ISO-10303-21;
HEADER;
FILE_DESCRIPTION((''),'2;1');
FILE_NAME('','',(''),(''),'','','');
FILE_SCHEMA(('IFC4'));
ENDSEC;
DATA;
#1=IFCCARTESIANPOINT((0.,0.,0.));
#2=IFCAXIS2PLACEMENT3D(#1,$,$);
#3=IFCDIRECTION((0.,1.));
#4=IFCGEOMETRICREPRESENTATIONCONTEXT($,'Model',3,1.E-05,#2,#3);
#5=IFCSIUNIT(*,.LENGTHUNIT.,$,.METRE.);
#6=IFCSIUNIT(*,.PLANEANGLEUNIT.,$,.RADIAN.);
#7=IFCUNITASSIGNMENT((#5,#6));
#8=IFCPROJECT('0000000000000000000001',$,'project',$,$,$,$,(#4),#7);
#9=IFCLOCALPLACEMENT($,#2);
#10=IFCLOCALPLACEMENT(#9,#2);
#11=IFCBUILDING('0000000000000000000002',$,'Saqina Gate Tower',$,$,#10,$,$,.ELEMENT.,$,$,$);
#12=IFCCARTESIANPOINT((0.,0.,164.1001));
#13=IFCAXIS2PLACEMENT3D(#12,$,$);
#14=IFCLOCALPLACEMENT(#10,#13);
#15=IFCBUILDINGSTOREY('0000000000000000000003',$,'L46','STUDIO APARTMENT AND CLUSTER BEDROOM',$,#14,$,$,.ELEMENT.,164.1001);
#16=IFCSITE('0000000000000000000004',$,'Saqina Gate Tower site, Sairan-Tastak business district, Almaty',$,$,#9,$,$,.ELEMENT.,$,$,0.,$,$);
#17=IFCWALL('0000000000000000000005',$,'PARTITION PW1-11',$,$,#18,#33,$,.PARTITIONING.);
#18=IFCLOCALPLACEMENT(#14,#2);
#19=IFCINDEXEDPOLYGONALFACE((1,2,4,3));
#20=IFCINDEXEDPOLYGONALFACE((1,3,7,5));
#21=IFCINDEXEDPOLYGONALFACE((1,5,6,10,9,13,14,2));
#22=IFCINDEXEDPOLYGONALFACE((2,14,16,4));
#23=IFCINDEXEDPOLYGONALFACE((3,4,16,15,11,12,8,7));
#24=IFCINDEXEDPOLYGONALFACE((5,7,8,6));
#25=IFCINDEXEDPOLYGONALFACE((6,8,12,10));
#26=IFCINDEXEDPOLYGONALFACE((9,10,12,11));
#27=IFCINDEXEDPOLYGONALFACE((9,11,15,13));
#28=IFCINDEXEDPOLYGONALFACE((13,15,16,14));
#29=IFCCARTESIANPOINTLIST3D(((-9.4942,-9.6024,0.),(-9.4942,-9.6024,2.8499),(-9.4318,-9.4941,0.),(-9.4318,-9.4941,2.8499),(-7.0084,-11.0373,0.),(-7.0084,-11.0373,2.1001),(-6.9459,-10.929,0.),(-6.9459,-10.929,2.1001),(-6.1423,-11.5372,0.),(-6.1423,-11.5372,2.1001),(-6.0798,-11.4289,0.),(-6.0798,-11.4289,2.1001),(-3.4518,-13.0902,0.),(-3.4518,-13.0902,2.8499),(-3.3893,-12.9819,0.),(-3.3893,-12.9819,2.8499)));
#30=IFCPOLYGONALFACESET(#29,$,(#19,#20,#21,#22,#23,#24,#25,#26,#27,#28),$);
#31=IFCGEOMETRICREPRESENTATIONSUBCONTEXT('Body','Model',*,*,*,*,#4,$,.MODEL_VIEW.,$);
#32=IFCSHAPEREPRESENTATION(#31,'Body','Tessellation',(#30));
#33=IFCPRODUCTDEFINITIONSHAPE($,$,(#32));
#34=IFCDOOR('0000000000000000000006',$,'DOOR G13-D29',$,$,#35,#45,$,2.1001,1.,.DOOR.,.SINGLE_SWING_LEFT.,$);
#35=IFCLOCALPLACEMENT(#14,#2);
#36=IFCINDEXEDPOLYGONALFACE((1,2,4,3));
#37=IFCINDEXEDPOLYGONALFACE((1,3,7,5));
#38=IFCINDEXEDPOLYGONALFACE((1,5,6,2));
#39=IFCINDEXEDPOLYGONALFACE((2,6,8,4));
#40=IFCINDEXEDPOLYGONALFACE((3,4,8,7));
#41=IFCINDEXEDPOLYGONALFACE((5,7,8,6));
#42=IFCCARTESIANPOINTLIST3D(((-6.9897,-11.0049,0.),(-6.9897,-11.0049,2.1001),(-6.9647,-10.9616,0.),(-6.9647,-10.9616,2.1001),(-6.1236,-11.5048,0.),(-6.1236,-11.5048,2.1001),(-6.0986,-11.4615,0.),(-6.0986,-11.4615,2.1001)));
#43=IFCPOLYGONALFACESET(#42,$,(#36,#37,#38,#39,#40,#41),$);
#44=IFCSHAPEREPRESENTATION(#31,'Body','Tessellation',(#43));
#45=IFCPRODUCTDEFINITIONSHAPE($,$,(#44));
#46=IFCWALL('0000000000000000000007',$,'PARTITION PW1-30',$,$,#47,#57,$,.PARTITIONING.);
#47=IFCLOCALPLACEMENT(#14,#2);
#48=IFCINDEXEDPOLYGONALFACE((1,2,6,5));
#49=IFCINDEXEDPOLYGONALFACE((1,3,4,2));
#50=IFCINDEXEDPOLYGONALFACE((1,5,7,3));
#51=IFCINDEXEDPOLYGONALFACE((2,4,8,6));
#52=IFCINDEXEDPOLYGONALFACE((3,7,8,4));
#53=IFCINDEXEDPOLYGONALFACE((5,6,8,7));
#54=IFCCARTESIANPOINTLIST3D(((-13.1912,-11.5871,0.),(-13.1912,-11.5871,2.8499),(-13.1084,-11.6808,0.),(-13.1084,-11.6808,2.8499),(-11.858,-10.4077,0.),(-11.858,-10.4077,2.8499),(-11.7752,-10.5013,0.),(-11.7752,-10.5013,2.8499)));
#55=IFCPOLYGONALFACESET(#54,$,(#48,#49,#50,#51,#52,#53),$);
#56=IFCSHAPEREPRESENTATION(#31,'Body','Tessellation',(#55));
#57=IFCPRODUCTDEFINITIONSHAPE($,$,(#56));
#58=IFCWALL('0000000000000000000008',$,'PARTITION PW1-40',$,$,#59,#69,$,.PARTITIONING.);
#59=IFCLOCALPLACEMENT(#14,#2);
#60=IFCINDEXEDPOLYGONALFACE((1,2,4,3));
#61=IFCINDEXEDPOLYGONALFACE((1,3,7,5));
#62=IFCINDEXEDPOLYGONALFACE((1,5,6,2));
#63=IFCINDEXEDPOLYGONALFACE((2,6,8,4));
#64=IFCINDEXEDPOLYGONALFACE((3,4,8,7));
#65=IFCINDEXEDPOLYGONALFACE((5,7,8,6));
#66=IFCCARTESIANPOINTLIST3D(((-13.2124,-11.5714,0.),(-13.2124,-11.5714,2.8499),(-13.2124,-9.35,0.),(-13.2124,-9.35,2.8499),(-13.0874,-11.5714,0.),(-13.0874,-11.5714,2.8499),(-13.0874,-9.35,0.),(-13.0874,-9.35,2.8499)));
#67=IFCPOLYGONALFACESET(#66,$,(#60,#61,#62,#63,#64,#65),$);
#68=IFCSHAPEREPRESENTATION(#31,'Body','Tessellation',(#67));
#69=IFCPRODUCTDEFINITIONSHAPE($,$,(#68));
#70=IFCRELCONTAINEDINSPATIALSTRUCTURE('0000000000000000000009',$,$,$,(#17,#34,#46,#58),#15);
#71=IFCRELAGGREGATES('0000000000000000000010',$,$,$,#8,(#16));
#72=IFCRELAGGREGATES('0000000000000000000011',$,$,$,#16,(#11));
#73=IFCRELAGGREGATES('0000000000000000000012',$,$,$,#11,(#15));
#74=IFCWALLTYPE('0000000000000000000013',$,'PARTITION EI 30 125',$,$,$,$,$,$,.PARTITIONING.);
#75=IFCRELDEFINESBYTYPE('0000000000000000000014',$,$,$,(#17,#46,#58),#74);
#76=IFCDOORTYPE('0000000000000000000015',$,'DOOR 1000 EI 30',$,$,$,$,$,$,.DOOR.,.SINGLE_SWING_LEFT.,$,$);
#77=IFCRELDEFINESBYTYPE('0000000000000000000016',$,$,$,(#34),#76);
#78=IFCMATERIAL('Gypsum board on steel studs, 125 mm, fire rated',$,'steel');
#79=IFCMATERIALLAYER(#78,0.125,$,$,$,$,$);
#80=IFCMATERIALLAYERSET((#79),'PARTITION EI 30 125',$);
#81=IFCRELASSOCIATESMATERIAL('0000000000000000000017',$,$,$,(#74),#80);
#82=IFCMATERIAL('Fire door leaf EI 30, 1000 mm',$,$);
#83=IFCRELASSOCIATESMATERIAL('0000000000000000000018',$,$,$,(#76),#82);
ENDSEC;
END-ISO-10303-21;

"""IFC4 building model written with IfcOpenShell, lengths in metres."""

from ifc_helpers import new_model, si_unit, direction, frame, frame_2d, origin, place, context, subcontext, project, spatial, rectangle, extrude, material, layer, layer_set, type_object, element, fill, save


model = new_model("IFC4")

# Units and contexts
model_context = context("Model", 3, precision=1e-05, world=origin(), true_north=direction((0.0, 1.0)))
body_context = subcontext(model_context, "Body", "Model", "MODEL_VIEW")
ifc_project = project(units=[si_unit("LENGTHUNIT", "METRE"), si_unit("PLANEANGLEUNIT", "RADIAN")], contexts=[model_context])

# Site, building, storey
site_placement = place(None, origin())
site = spatial("IfcSite", under=ifc_project, at=site_placement, Name="Saqina Gate Tower site, Sairan-Tastak business district, Almaty", CompositionType="ELEMENT", RefElevation=0.0)
building_placement = place(site_placement, origin())
building = spatial("IfcBuilding", under=site, at=building_placement, Name="Saqina Gate Tower", CompositionType="ELEMENT")
storey_placement = place(building_placement, frame((0.0, 0.0, 164.1001)))
storey = spatial("IfcBuildingStorey", under=building, at=storey_placement, Name="L46", Description="STUDIO APARTMENT AND CLUSTER BEDROOM", CompositionType="ELEMENT", Elevation=164.1001)

# Shared definitions
ifc_material_1 = material(Name="Gypsum board on steel studs, 125 mm, fire rated", Category="steel")
ifc_layer_1 = layer(ifc_material_1, 0.125)
ifc_layer_set_1 = layer_set([ifc_layer_1], Name="PARTITION EI 30 125")
wall_type_1 = type_object("IfcWallType", Name="PARTITION EI 30 125", PredefinedType="PARTITIONING", material=ifc_layer_set_1)

# Wall, opening, door
wall_1_placement = place(storey_placement, frame((-9.4629, -9.5483, 0.0), z_axis=(0.0, 0.0, 1.0), x_axis=(0.866077, -0.49991, 0.0)))
wall_1 = element("IfcWall", 1, at=wall_1_placement, inside=storey, type_object=wall_type_1, Name="PARTITION PW1-11", PredefinedType="PARTITIONING", context=body_context, shape_type="SweptSolid", body=[
    extrude(rectangle(XDim=6.9768, YDim=0.125, at=frame_2d((3.4883, 0.0))), origin(), (0.0, 0.0, 1.0), 2.8499),
])
opening_1_placement = place(wall_1_placement, frame((2.8701, 0.0, 0.0)))
opening_1 = element("IfcOpeningElement", 2, at=opening_1_placement, cuts=wall_1, PredefinedType="OPENING", context=body_context, shape_type="SweptSolid", body=[
    extrude(rectangle(XDim=1.0, YDim=2.1001, at=frame_2d((0.5, 1.05))), frame((0.0, 0.0745, 0.0), z_axis=(0.0, -1.0, 0.0), x_axis=(1.0, 0.0, 0.0)), (0.0, 0.0, 1.0), 0.1489),
])
ifc_material_2 = material(Name="Fire door leaf EI 30, 1000 mm")
door_type_1 = type_object("IfcDoorType", Name="DOOR 1000 EI 30", OperationType="SINGLE_SWING_LEFT", PredefinedType="DOOR", material=ifc_material_2)
door_1_placement = place(opening_1_placement, origin())
door_1 = element("IfcDoor", 3, at=door_1_placement, inside=storey, type_object=door_type_1, Name="DOOR G13-D29", OperationType="SINGLE_SWING_LEFT", OverallHeight=2.1001, OverallWidth=1.0, PredefinedType="DOOR", context=body_context, shape_type="SweptSolid", body=[
    extrude(rectangle(XDim=1.0, YDim=2.1001, at=frame_2d((0.5, 1.05))), frame((0.0, 0.0249, 0.0), z_axis=(0.0, -1.0, 0.0), x_axis=(1.0, 0.0, 0.0)), (0.0, 0.0, 1.0), 0.05),
])
fill(opening_1, door_1)

# Walls
wall_2_placement = place(storey_placement, frame((-13.1499, -11.634, 0.0), z_axis=(0.0, 0.0, 1.0), x_axis=(0.748989, 0.662583, 0.0)))
element("IfcWall", 4, at=wall_2_placement, inside=storey, type_object=wall_type_1, Name="PARTITION PW1-30", PredefinedType="PARTITIONING", context=body_context, shape_type="SweptSolid", body=[
    extrude(rectangle(XDim=1.78, YDim=0.125, at=frame_2d((0.8901, 0.0))), origin(), (0.0, 0.0, 1.0), 2.8499),
])
wall_3_placement = place(storey_placement, frame((-13.1499, -11.5715, 0.0), z_axis=(0.0, 0.0, 1.0), x_axis=(0.0, 1.0, 0.0)))
element("IfcWall", 5, at=wall_3_placement, inside=storey, type_object=wall_type_1, Name="PARTITION PW1-40", PredefinedType="PARTITIONING", context=body_context, shape_type="SweptSolid", body=[
    extrude(rectangle(XDim=2.2214, YDim=0.125, at=frame_2d((1.1108, 0.0))), origin(), (0.0, 0.0, 1.0), 2.8499),
])

save(model, "model.ifc")
